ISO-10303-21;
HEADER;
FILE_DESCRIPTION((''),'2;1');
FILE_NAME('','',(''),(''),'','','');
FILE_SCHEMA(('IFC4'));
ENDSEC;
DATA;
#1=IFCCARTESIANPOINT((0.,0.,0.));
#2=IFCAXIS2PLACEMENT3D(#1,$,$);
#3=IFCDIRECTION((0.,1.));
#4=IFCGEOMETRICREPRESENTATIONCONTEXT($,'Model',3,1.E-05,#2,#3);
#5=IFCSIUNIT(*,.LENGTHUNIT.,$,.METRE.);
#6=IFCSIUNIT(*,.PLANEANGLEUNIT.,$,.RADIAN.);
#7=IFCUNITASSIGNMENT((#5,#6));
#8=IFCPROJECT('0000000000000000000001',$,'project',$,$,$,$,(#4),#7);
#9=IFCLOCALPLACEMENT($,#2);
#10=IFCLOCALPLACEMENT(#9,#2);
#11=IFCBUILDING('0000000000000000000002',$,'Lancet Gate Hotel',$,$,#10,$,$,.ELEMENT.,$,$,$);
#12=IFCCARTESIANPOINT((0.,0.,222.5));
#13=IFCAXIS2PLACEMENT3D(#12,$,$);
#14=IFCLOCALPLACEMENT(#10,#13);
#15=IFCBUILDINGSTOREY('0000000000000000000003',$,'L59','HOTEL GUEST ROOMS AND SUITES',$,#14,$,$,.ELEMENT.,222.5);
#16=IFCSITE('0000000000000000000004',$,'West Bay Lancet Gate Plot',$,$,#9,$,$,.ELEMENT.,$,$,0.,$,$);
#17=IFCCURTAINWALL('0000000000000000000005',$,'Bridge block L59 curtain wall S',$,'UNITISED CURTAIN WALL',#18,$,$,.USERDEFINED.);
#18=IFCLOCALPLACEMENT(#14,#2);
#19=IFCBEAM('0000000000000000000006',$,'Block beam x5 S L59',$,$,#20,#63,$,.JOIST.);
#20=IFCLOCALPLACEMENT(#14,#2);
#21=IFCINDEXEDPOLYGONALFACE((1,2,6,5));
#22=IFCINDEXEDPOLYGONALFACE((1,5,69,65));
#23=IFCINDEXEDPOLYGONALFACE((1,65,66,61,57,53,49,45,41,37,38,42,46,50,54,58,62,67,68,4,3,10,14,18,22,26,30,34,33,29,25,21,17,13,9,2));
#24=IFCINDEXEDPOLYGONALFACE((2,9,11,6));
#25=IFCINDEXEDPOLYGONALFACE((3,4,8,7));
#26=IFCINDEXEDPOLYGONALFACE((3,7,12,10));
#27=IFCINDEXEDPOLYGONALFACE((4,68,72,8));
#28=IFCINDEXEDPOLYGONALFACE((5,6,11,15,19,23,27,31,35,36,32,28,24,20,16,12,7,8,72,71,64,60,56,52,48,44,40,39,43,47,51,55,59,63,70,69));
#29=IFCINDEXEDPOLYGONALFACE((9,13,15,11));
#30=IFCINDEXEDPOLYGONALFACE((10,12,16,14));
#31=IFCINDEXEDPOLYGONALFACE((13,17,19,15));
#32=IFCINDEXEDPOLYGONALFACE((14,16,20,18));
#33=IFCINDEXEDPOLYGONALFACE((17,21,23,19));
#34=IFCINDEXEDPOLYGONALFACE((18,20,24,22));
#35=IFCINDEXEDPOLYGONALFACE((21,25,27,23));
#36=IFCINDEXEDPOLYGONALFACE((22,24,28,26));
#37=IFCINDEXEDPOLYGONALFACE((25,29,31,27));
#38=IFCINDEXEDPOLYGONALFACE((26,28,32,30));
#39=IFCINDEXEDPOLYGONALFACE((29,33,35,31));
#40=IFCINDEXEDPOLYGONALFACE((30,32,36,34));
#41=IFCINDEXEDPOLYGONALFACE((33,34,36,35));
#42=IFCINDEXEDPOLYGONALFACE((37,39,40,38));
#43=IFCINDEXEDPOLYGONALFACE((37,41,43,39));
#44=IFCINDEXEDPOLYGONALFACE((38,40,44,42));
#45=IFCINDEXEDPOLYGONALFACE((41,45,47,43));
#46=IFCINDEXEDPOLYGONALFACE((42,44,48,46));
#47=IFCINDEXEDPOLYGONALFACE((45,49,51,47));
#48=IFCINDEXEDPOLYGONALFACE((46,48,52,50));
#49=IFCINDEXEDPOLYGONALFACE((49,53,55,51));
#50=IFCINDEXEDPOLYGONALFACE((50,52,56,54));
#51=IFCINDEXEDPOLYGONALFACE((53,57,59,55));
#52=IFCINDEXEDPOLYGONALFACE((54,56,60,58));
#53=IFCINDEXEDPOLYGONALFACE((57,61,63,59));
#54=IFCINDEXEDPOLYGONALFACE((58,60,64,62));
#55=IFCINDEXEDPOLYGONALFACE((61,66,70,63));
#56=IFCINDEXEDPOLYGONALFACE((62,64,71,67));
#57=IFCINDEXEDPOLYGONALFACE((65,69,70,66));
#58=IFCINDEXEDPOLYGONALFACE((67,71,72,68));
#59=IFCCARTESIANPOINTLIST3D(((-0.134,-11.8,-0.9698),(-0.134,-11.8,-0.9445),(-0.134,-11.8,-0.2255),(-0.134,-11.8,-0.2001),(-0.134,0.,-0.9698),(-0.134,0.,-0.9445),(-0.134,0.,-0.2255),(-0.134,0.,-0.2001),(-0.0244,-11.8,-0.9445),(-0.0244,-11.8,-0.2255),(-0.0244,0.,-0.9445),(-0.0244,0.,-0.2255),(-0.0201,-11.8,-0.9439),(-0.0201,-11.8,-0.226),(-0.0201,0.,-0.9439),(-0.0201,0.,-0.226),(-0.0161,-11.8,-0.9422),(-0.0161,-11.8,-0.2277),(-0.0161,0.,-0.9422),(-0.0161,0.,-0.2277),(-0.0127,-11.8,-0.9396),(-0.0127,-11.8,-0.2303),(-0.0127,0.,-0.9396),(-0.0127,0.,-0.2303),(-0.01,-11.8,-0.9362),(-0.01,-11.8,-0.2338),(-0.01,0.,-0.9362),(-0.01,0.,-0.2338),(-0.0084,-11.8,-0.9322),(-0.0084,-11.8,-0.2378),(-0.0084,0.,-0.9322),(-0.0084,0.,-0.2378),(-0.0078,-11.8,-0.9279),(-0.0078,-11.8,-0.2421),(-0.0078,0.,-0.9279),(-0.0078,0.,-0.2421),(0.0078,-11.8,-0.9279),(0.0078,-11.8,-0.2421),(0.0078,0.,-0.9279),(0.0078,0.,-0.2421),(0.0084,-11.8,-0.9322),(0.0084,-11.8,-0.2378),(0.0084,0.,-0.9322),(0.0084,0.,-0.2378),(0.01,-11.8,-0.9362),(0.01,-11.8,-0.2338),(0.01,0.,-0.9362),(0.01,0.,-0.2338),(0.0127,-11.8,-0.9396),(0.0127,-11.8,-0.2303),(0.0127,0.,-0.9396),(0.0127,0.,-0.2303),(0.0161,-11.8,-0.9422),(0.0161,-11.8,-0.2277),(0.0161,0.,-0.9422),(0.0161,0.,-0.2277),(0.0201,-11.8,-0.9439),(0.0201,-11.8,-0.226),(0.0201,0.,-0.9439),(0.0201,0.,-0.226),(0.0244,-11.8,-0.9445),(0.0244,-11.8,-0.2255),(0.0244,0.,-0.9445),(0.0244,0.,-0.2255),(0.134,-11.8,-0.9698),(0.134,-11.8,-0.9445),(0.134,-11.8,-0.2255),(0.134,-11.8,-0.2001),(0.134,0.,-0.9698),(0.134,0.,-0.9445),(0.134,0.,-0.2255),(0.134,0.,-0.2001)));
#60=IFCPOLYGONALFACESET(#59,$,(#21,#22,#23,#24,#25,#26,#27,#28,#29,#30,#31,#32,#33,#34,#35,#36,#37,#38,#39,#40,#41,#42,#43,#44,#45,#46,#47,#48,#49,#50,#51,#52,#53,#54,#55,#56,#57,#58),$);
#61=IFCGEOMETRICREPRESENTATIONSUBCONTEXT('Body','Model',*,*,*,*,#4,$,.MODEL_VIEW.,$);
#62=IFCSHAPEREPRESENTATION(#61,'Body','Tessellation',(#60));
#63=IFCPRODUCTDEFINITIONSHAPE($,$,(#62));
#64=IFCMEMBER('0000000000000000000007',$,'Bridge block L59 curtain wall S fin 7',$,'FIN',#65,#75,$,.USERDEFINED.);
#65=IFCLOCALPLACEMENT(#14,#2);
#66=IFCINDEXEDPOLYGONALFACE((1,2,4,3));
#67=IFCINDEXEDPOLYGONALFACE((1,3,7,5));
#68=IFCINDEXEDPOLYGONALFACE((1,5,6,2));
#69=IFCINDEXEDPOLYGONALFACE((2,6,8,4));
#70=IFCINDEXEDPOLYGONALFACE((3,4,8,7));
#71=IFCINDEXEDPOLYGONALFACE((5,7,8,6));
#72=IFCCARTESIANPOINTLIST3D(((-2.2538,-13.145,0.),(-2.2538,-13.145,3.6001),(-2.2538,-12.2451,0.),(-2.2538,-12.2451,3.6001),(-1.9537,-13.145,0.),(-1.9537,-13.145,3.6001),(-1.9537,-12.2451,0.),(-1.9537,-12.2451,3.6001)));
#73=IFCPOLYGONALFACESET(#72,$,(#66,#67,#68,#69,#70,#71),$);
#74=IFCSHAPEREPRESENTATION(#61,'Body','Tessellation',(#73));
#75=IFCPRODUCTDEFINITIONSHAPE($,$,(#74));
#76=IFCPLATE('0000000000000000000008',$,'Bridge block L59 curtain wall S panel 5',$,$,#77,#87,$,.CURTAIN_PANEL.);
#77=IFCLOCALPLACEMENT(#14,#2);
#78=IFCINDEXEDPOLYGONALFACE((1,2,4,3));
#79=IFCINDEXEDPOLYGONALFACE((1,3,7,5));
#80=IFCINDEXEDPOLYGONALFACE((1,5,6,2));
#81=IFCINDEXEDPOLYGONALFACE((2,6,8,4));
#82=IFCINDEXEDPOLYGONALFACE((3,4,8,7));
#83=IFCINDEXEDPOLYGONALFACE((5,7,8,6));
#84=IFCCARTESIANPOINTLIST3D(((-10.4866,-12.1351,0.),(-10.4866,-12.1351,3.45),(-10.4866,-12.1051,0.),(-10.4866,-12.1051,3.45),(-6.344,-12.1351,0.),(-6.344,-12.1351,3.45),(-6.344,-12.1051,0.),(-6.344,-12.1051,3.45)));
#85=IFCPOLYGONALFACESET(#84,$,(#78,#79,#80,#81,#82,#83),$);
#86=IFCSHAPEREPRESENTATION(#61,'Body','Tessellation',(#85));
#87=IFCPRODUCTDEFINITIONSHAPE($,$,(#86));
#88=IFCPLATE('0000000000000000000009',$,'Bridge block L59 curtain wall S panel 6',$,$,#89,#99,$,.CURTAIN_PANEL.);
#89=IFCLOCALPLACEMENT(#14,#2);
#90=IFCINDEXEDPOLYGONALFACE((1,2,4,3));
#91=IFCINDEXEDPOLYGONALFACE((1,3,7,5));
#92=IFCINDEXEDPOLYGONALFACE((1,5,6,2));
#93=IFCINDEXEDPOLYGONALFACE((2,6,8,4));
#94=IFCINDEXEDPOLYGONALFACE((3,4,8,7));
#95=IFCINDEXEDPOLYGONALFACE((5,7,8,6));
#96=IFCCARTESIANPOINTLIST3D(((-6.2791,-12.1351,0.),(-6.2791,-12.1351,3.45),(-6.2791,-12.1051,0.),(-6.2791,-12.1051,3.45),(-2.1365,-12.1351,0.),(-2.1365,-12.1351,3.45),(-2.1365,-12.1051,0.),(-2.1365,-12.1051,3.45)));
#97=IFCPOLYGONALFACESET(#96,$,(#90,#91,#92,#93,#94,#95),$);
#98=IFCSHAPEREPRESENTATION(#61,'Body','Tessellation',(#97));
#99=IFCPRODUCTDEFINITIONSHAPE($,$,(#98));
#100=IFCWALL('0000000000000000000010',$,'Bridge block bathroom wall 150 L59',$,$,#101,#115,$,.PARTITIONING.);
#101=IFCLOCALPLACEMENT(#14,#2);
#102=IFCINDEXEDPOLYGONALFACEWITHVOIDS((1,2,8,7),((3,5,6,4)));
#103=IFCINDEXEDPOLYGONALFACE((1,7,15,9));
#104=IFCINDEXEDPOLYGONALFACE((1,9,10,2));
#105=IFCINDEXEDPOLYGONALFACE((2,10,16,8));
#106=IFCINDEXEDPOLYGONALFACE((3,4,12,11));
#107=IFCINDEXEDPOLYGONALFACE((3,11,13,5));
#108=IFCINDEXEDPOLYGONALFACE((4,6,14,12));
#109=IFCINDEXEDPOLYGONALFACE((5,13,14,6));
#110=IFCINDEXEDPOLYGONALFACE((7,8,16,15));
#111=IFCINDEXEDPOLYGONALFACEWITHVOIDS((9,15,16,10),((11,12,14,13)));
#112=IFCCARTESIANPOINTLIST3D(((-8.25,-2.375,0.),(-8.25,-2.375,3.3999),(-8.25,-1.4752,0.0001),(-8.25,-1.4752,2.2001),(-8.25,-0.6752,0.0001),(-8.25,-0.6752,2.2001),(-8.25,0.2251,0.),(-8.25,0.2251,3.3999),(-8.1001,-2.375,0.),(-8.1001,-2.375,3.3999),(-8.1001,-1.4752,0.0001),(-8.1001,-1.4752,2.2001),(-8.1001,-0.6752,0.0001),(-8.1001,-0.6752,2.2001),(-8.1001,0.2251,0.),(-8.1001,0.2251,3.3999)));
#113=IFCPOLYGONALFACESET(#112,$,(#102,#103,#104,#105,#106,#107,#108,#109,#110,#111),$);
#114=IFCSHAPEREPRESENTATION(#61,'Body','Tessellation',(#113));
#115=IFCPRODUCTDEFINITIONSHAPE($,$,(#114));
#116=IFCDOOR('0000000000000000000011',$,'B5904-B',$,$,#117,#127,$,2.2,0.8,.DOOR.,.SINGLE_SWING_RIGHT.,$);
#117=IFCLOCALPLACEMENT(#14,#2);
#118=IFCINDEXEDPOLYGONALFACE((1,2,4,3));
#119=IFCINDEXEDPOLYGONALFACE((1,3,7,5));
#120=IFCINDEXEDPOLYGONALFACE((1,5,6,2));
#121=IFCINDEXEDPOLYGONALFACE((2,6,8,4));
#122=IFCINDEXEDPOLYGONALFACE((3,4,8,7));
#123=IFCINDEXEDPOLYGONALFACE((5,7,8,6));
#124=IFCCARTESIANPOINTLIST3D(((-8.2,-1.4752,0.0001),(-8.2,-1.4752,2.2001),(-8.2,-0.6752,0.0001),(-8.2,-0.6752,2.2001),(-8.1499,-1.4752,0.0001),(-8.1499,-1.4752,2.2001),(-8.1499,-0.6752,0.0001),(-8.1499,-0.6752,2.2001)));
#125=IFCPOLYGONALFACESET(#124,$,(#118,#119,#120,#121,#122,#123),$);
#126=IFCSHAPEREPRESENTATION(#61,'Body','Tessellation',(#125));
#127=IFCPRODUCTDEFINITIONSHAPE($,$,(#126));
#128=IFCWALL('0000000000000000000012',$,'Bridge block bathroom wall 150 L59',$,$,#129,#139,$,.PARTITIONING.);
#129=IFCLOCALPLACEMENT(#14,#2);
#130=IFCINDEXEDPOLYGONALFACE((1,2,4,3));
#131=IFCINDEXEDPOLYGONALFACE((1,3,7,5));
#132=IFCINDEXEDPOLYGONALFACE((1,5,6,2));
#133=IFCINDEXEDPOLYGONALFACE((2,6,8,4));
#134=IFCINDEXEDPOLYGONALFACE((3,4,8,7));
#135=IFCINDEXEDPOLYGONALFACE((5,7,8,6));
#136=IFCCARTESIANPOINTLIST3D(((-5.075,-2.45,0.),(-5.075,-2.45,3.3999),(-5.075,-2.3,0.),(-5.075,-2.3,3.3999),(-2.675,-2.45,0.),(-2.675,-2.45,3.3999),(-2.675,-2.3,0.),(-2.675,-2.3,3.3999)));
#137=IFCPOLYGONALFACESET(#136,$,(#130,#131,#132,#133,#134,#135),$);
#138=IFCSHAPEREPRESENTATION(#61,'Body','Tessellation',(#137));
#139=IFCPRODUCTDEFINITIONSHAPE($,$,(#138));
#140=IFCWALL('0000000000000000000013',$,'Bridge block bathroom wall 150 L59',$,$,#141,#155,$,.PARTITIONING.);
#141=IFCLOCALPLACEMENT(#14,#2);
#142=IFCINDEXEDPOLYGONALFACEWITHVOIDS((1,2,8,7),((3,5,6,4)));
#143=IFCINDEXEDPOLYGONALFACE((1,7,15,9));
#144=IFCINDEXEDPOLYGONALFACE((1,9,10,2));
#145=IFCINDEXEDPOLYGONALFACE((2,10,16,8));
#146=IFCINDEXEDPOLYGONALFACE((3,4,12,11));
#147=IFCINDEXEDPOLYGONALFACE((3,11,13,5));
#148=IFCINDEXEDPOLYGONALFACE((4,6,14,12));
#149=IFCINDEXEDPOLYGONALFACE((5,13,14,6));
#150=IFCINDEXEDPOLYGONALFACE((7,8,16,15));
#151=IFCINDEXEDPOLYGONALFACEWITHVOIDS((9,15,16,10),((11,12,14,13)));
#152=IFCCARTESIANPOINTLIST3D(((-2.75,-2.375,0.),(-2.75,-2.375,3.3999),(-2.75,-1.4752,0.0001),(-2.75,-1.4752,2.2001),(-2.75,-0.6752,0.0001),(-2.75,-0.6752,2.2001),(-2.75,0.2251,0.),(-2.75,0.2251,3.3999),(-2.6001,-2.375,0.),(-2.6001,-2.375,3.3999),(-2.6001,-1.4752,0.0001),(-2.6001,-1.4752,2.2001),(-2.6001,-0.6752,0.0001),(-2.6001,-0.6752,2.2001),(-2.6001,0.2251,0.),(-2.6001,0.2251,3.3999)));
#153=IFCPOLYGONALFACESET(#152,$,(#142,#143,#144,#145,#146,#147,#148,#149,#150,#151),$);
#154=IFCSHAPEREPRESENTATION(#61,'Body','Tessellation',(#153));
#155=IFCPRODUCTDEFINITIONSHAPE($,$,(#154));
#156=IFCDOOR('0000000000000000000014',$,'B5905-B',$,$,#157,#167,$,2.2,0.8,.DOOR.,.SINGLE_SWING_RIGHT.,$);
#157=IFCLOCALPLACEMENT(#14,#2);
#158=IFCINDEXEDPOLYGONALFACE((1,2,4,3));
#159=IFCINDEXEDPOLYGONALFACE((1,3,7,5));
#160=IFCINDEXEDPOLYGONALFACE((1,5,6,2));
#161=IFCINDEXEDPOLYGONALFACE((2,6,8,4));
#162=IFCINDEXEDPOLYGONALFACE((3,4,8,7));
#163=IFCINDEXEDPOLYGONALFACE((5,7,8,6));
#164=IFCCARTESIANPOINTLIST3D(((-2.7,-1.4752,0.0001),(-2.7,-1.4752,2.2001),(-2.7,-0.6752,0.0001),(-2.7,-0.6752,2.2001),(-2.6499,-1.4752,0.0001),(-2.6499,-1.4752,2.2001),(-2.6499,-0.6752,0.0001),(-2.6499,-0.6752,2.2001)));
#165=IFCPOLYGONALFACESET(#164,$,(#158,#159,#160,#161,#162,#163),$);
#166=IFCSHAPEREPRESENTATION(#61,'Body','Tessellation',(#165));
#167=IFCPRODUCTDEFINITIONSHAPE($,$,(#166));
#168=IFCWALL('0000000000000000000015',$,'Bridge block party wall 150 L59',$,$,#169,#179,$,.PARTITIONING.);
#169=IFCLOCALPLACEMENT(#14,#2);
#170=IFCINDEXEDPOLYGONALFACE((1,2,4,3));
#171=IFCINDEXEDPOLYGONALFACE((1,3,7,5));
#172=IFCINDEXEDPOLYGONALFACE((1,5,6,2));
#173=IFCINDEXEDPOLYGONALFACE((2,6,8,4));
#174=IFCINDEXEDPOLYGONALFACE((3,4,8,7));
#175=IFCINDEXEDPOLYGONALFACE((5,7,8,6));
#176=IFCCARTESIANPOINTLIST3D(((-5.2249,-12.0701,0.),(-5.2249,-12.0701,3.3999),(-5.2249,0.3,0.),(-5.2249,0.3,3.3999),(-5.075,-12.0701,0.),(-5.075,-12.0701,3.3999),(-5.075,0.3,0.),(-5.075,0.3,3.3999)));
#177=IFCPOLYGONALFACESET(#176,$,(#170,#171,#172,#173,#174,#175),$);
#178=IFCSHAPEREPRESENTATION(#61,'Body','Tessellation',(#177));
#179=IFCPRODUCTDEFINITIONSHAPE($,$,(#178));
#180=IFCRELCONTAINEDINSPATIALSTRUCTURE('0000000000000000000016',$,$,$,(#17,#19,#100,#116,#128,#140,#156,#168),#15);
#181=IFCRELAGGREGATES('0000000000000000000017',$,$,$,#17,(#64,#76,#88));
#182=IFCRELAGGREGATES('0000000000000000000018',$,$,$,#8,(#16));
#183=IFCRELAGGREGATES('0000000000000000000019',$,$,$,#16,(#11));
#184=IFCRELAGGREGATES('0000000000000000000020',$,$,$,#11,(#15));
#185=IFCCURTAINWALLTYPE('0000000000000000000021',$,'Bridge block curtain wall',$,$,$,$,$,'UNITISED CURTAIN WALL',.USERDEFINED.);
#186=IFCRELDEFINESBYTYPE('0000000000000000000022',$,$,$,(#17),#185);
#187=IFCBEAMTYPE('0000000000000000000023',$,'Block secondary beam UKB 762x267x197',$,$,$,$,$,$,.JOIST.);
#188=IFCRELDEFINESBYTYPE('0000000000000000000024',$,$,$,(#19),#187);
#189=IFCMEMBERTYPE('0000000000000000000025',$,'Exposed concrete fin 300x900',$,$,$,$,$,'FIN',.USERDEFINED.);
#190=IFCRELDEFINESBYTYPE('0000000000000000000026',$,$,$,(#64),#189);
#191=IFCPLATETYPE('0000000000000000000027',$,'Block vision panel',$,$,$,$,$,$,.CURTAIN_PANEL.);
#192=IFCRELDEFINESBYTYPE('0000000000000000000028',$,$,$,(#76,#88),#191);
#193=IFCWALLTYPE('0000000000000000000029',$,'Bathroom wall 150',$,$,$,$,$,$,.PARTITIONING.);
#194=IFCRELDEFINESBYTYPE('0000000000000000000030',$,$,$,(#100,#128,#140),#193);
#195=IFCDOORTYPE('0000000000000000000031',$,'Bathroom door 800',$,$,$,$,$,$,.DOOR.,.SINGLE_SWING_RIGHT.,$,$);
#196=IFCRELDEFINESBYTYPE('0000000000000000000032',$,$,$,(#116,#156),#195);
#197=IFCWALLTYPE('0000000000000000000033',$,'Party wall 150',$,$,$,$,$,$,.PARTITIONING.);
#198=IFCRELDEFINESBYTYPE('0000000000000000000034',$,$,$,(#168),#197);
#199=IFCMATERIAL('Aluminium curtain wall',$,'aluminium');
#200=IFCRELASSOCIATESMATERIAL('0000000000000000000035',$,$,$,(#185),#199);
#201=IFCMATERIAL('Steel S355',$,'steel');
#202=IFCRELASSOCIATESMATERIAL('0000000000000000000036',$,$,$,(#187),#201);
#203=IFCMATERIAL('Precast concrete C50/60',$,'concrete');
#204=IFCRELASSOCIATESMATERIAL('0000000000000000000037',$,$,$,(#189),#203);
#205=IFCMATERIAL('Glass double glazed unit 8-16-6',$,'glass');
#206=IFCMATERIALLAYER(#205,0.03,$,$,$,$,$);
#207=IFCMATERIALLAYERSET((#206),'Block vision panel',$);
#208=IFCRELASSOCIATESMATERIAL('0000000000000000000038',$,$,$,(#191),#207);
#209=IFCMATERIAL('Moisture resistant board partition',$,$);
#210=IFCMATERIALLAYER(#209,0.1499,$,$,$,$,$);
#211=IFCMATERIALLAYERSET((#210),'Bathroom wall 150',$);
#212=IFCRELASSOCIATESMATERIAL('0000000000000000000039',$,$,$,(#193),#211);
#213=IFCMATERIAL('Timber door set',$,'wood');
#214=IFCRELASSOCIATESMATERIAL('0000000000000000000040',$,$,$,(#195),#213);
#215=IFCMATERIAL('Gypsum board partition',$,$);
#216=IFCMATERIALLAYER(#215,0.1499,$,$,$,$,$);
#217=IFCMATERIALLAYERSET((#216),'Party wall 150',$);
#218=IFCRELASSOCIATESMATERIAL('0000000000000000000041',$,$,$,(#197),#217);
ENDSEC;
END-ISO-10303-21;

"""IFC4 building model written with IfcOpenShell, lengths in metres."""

from ifc_helpers import new_model, si_unit, direction, frame, frame_2d, origin, origin_2d, place, context, subcontext, project, spatial, rectangle, i_section, extrude, material, layer, layer_set, material_profile, profile_set, type_object, element, fill, aggregate, save


model = new_model("IFC4")

# Units and contexts
model_context = context("Model", 3, precision=1e-05, world=origin(), true_north=direction((0.0, 1.0)))
body_context = subcontext(model_context, "Body", "Model", "MODEL_VIEW")
ifc_project = project(units=[si_unit("LENGTHUNIT", "METRE"), si_unit("PLANEANGLEUNIT", "RADIAN")], contexts=[model_context])

# Site, building, storey
site_placement = place(None, origin())
site = spatial("IfcSite", under=ifc_project, at=site_placement, Name="West Bay Lancet Gate Plot", CompositionType="ELEMENT", RefElevation=0.0)
building_placement = place(site_placement, origin())
building = spatial("IfcBuilding", under=site, at=building_placement, Name="Lancet Gate Hotel", CompositionType="ELEMENT")
storey_placement = place(building_placement, frame((0.0, 0.0, 222.5)))
storey = spatial("IfcBuildingStorey", under=building, at=storey_placement, Name="L59", Description="HOTEL GUEST ROOMS AND SUITES", CompositionType="ELEMENT", Elevation=222.5)

# Curtain wall
ifc_material_1 = material(Name="Aluminium curtain wall", Category="aluminium")
curtain_wall_type = type_object("IfcCurtainWallType", Name="Bridge block curtain wall", ElementType="UNITISED CURTAIN WALL", PredefinedType="USERDEFINED", material=ifc_material_1)
curtain_wall_placement = place(storey_placement, origin())
curtain_wall = element("IfcCurtainWall", 1, at=curtain_wall_placement, inside=storey, type_object=curtain_wall_type, Name="Bridge block L59 curtain wall S", ObjectType="UNITISED CURTAIN WALL", PredefinedType="USERDEFINED")

# Beam
ifc_material_2 = material(Name="Steel S355", Category="steel")
ifc_material_profile_1 = material_profile(ifc_material_2, i_section(OverallWidth=0.2681, OverallDepth=0.7698, WebThickness=0.0156, FlangeThickness=0.0254, FilletRadius=0.0166, at=origin_2d()), Name="UKB 762x267x197")
ifc_profile_set_1 = profile_set([ifc_material_profile_1], Name="Steel S355")
beam_type_1 = type_object("IfcBeamType", Name="Block secondary beam UKB 762x267x197", PredefinedType="JOIST", material=ifc_profile_set_1)
for number, where, z_axis, x_axis, name in (
    (2, (0.0, -11.8, -0.585), (0.0, 1.0, 0.0), (-1.0, 0.0, 0.0), "Block beam x5 S L59"),
):
    element("IfcBeam", number, at=place(storey_placement, frame(where, z_axis=z_axis, x_axis=x_axis)), inside=storey, type_object=beam_type_1, Name=name, PredefinedType="JOIST", context=body_context, shape_type="SweptSolid", body=[
        extrude(i_section(OverallWidth=0.2681, OverallDepth=0.7698, WebThickness=0.0156, FlangeThickness=0.0254, FilletRadius=0.0166, at=origin_2d()), origin(), (0.0, 0.0, 1.0), 11.8),
    ])

# Member
ifc_material_3 = material(Name="Precast concrete C50/60", Category="concrete")
ifc_material_profile_2 = material_profile(ifc_material_3, rectangle(XDim=0.3, YDim=0.8999, at=origin_2d()), Name="FIN 300x900")
ifc_profile_set_2 = profile_set([ifc_material_profile_2], Name="Precast concrete C50/60")
member_type_1 = type_object("IfcMemberType", Name="Exposed concrete fin 300x900", ElementType="FIN", PredefinedType="USERDEFINED", material=ifc_profile_set_2)
member_1_placement = place(storey_placement, frame((-2.1038, -12.6951, 0.0), z_axis=(0.0, 0.0, 1.0), x_axis=(1.0, 0.0, 0.0)))
member_1 = element("IfcMember", 3, at=member_1_placement, type_object=member_type_1, Name="Bridge block L59 curtain wall S fin 7", ObjectType="FIN", PredefinedType="USERDEFINED", context=body_context, shape_type="SweptSolid", body=[
    extrude(rectangle(XDim=0.3, YDim=0.8999, at=origin_2d()), origin(), (0.0, 0.0, 1.0), 3.6001),
])

# Plates
ifc_material_4 = material(Name="Glass double glazed unit 8-16-6", Category="glass")
ifc_layer_1 = layer(ifc_material_4, 0.03)
ifc_layer_set_1 = layer_set([ifc_layer_1], Name="Block vision panel")
plate_type = type_object("IfcPlateType", Name="Block vision panel", PredefinedType="CURTAIN_PANEL", material=ifc_layer_set_1)
plate_1_placement = place(storey_placement, frame((-8.4153, -12.1201, 0.0), z_axis=(0.0, 0.0, 1.0), x_axis=(1.0, 0.0, 0.0)))
plate_1 = element("IfcPlate", 4, at=plate_1_placement, type_object=plate_type, Name="Bridge block L59 curtain wall S panel 5", PredefinedType="CURTAIN_PANEL", context=body_context, shape_type="SweptSolid", body=[
    extrude(rectangle(XDim=4.1426, YDim=0.03, at=origin_2d()), origin(), (0.0, 0.0, 1.0), 3.45),
])
plate_2_placement = place(storey_placement, frame((-4.2078, -12.1201, 0.0), z_axis=(0.0, 0.0, 1.0), x_axis=(1.0, 0.0, 0.0)))
plate_2 = element("IfcPlate", 5, at=plate_2_placement, type_object=plate_type, Name="Bridge block L59 curtain wall S panel 6", PredefinedType="CURTAIN_PANEL", context=body_context, shape_type="SweptSolid", body=[
    extrude(rectangle(XDim=4.1426, YDim=0.03, at=origin_2d()), origin(), (0.0, 0.0, 1.0), 3.45),
])
aggregate(curtain_wall, [member_1, plate_1, plate_2])

# Wall, opening, door
ifc_material_5 = material(Name="Moisture resistant board partition")
ifc_layer_2 = layer(ifc_material_5, 0.1499)
ifc_layer_set_2 = layer_set([ifc_layer_2], Name="Bathroom wall 150")
wall_type_1 = type_object("IfcWallType", Name="Bathroom wall 150", PredefinedType="PARTITIONING", material=ifc_layer_set_2)
wall_1_placement = place(storey_placement, frame((-8.175, -2.375, 0.0), z_axis=(0.0, 0.0, 1.0), x_axis=(0.0, 1.0, 0.0)))
wall_1 = element("IfcWall", 6, at=wall_1_placement, inside=storey, type_object=wall_type_1, Name="Bridge block bathroom wall 150 L59", PredefinedType="PARTITIONING", context=body_context, shape_type="SweptSolid", body=[
    extrude(rectangle(XDim=2.6001, YDim=0.1499, at=frame_2d((1.3, 0.0))), origin(), (0.0, 0.0, 1.0), 3.3999),
])
opening_1_placement = place(wall_1_placement, frame((0.8999, 0.0, 0.0)))
opening_1 = element("IfcOpeningElement", 7, at=opening_1_placement, cuts=wall_1, PredefinedType="OPENING", context=body_context, shape_type="SweptSolid", body=[
    extrude(rectangle(XDim=0.8, YDim=2.2, at=frame_2d((0.3999, 1.1001))), frame((0.0, 0.085, 0.0), z_axis=(0.0, -1.0, 0.0), x_axis=(1.0, 0.0, 0.0)), (0.0, 0.0, 1.0), 0.1699),
])
ifc_material_6 = material(Name="Timber door set", Category="wood")
door_type = type_object("IfcDoorType", Name="Bathroom door 800", OperationType="SINGLE_SWING_RIGHT", PredefinedType="DOOR", material=ifc_material_6)
door_1_placement = place(opening_1_placement, origin())
door_1 = element("IfcDoor", 8, at=door_1_placement, inside=storey, type_object=door_type, Name="B5904-B", OperationType="SINGLE_SWING_RIGHT", OverallHeight=2.2, OverallWidth=0.8, PredefinedType="DOOR", context=body_context, shape_type="SweptSolid", body=[
    extrude(rectangle(XDim=0.8, YDim=2.2, at=frame_2d((0.3999, 1.1001))), frame((0.0, 0.0249, 0.0), z_axis=(0.0, -1.0, 0.0), x_axis=(1.0, 0.0, 0.0)), (0.0, 0.0, 1.0), 0.05),
])
fill(opening_1, door_1)

# Wall
wall_2_placement = place(storey_placement, frame((-5.075, -2.375, 0.0), z_axis=(0.0, 0.0, 1.0), x_axis=(1.0, 0.0, 0.0)))
element("IfcWall", 9, at=wall_2_placement, inside=storey, type_object=wall_type_1, Name="Bridge block bathroom wall 150 L59", PredefinedType="PARTITIONING", context=body_context, shape_type="SweptSolid", body=[
    extrude(rectangle(XDim=2.3999, YDim=0.1499, at=frame_2d((1.2, 0.0))), origin(), (0.0, 0.0, 1.0), 3.3999),
])

# Wall, opening, door
wall_3_placement = place(storey_placement, frame((-2.675, -2.375, 0.0), z_axis=(0.0, 0.0, 1.0), x_axis=(0.0, 1.0, 0.0)))
wall_3 = element("IfcWall", 10, at=wall_3_placement, inside=storey, type_object=wall_type_1, Name="Bridge block bathroom wall 150 L59", PredefinedType="PARTITIONING", context=body_context, shape_type="SweptSolid", body=[
    extrude(rectangle(XDim=2.6001, YDim=0.1499, at=frame_2d((1.3, 0.0))), origin(), (0.0, 0.0, 1.0), 3.3999),
])
opening_2_placement = place(wall_3_placement, frame((0.8999, 0.0, 0.0)))
opening_2 = element("IfcOpeningElement", 11, at=opening_2_placement, cuts=wall_3, PredefinedType="OPENING", context=body_context, shape_type="SweptSolid", body=[
    extrude(rectangle(XDim=0.8, YDim=2.2, at=frame_2d((0.3999, 1.1001))), frame((0.0, 0.085, 0.0), z_axis=(0.0, -1.0, 0.0), x_axis=(1.0, 0.0, 0.0)), (0.0, 0.0, 1.0), 0.1699),
])
door_2_placement = place(opening_2_placement, origin())
door_2 = element("IfcDoor", 12, at=door_2_placement, inside=storey, type_object=door_type, Name="B5905-B", OperationType="SINGLE_SWING_RIGHT", OverallHeight=2.2, OverallWidth=0.8, PredefinedType="DOOR", context=body_context, shape_type="SweptSolid", body=[
    extrude(rectangle(XDim=0.8, YDim=2.2, at=frame_2d((0.3999, 1.1001))), frame((0.0, 0.0249, 0.0), z_axis=(0.0, -1.0, 0.0), x_axis=(1.0, 0.0, 0.0)), (0.0, 0.0, 1.0), 0.05),
])
fill(opening_2, door_2)

# Wall
ifc_material_7 = material(Name="Gypsum board partition")
ifc_layer_3 = layer(ifc_material_7, 0.1499)
ifc_layer_set_3 = layer_set([ifc_layer_3], Name="Party wall 150")
wall_type_2 = type_object("IfcWallType", Name="Party wall 150", PredefinedType="PARTITIONING", material=ifc_layer_set_3)
wall_4_placement = place(storey_placement, frame((-5.1499, -12.0701, 0.0), z_axis=(0.0, 0.0, 1.0), x_axis=(0.0, 1.0, 0.0)))
element("IfcWall", 13, at=wall_4_placement, inside=storey, type_object=wall_type_2, Name="Bridge block party wall 150 L59", PredefinedType="PARTITIONING", context=body_context, shape_type="SweptSolid", body=[
    extrude(rectangle(XDim=12.3701, YDim=0.1499, at=frame_2d((6.1851, 0.0))), origin(), (0.0, 0.0, 1.0), 3.3999),
])

save(model, "model.ifc")
